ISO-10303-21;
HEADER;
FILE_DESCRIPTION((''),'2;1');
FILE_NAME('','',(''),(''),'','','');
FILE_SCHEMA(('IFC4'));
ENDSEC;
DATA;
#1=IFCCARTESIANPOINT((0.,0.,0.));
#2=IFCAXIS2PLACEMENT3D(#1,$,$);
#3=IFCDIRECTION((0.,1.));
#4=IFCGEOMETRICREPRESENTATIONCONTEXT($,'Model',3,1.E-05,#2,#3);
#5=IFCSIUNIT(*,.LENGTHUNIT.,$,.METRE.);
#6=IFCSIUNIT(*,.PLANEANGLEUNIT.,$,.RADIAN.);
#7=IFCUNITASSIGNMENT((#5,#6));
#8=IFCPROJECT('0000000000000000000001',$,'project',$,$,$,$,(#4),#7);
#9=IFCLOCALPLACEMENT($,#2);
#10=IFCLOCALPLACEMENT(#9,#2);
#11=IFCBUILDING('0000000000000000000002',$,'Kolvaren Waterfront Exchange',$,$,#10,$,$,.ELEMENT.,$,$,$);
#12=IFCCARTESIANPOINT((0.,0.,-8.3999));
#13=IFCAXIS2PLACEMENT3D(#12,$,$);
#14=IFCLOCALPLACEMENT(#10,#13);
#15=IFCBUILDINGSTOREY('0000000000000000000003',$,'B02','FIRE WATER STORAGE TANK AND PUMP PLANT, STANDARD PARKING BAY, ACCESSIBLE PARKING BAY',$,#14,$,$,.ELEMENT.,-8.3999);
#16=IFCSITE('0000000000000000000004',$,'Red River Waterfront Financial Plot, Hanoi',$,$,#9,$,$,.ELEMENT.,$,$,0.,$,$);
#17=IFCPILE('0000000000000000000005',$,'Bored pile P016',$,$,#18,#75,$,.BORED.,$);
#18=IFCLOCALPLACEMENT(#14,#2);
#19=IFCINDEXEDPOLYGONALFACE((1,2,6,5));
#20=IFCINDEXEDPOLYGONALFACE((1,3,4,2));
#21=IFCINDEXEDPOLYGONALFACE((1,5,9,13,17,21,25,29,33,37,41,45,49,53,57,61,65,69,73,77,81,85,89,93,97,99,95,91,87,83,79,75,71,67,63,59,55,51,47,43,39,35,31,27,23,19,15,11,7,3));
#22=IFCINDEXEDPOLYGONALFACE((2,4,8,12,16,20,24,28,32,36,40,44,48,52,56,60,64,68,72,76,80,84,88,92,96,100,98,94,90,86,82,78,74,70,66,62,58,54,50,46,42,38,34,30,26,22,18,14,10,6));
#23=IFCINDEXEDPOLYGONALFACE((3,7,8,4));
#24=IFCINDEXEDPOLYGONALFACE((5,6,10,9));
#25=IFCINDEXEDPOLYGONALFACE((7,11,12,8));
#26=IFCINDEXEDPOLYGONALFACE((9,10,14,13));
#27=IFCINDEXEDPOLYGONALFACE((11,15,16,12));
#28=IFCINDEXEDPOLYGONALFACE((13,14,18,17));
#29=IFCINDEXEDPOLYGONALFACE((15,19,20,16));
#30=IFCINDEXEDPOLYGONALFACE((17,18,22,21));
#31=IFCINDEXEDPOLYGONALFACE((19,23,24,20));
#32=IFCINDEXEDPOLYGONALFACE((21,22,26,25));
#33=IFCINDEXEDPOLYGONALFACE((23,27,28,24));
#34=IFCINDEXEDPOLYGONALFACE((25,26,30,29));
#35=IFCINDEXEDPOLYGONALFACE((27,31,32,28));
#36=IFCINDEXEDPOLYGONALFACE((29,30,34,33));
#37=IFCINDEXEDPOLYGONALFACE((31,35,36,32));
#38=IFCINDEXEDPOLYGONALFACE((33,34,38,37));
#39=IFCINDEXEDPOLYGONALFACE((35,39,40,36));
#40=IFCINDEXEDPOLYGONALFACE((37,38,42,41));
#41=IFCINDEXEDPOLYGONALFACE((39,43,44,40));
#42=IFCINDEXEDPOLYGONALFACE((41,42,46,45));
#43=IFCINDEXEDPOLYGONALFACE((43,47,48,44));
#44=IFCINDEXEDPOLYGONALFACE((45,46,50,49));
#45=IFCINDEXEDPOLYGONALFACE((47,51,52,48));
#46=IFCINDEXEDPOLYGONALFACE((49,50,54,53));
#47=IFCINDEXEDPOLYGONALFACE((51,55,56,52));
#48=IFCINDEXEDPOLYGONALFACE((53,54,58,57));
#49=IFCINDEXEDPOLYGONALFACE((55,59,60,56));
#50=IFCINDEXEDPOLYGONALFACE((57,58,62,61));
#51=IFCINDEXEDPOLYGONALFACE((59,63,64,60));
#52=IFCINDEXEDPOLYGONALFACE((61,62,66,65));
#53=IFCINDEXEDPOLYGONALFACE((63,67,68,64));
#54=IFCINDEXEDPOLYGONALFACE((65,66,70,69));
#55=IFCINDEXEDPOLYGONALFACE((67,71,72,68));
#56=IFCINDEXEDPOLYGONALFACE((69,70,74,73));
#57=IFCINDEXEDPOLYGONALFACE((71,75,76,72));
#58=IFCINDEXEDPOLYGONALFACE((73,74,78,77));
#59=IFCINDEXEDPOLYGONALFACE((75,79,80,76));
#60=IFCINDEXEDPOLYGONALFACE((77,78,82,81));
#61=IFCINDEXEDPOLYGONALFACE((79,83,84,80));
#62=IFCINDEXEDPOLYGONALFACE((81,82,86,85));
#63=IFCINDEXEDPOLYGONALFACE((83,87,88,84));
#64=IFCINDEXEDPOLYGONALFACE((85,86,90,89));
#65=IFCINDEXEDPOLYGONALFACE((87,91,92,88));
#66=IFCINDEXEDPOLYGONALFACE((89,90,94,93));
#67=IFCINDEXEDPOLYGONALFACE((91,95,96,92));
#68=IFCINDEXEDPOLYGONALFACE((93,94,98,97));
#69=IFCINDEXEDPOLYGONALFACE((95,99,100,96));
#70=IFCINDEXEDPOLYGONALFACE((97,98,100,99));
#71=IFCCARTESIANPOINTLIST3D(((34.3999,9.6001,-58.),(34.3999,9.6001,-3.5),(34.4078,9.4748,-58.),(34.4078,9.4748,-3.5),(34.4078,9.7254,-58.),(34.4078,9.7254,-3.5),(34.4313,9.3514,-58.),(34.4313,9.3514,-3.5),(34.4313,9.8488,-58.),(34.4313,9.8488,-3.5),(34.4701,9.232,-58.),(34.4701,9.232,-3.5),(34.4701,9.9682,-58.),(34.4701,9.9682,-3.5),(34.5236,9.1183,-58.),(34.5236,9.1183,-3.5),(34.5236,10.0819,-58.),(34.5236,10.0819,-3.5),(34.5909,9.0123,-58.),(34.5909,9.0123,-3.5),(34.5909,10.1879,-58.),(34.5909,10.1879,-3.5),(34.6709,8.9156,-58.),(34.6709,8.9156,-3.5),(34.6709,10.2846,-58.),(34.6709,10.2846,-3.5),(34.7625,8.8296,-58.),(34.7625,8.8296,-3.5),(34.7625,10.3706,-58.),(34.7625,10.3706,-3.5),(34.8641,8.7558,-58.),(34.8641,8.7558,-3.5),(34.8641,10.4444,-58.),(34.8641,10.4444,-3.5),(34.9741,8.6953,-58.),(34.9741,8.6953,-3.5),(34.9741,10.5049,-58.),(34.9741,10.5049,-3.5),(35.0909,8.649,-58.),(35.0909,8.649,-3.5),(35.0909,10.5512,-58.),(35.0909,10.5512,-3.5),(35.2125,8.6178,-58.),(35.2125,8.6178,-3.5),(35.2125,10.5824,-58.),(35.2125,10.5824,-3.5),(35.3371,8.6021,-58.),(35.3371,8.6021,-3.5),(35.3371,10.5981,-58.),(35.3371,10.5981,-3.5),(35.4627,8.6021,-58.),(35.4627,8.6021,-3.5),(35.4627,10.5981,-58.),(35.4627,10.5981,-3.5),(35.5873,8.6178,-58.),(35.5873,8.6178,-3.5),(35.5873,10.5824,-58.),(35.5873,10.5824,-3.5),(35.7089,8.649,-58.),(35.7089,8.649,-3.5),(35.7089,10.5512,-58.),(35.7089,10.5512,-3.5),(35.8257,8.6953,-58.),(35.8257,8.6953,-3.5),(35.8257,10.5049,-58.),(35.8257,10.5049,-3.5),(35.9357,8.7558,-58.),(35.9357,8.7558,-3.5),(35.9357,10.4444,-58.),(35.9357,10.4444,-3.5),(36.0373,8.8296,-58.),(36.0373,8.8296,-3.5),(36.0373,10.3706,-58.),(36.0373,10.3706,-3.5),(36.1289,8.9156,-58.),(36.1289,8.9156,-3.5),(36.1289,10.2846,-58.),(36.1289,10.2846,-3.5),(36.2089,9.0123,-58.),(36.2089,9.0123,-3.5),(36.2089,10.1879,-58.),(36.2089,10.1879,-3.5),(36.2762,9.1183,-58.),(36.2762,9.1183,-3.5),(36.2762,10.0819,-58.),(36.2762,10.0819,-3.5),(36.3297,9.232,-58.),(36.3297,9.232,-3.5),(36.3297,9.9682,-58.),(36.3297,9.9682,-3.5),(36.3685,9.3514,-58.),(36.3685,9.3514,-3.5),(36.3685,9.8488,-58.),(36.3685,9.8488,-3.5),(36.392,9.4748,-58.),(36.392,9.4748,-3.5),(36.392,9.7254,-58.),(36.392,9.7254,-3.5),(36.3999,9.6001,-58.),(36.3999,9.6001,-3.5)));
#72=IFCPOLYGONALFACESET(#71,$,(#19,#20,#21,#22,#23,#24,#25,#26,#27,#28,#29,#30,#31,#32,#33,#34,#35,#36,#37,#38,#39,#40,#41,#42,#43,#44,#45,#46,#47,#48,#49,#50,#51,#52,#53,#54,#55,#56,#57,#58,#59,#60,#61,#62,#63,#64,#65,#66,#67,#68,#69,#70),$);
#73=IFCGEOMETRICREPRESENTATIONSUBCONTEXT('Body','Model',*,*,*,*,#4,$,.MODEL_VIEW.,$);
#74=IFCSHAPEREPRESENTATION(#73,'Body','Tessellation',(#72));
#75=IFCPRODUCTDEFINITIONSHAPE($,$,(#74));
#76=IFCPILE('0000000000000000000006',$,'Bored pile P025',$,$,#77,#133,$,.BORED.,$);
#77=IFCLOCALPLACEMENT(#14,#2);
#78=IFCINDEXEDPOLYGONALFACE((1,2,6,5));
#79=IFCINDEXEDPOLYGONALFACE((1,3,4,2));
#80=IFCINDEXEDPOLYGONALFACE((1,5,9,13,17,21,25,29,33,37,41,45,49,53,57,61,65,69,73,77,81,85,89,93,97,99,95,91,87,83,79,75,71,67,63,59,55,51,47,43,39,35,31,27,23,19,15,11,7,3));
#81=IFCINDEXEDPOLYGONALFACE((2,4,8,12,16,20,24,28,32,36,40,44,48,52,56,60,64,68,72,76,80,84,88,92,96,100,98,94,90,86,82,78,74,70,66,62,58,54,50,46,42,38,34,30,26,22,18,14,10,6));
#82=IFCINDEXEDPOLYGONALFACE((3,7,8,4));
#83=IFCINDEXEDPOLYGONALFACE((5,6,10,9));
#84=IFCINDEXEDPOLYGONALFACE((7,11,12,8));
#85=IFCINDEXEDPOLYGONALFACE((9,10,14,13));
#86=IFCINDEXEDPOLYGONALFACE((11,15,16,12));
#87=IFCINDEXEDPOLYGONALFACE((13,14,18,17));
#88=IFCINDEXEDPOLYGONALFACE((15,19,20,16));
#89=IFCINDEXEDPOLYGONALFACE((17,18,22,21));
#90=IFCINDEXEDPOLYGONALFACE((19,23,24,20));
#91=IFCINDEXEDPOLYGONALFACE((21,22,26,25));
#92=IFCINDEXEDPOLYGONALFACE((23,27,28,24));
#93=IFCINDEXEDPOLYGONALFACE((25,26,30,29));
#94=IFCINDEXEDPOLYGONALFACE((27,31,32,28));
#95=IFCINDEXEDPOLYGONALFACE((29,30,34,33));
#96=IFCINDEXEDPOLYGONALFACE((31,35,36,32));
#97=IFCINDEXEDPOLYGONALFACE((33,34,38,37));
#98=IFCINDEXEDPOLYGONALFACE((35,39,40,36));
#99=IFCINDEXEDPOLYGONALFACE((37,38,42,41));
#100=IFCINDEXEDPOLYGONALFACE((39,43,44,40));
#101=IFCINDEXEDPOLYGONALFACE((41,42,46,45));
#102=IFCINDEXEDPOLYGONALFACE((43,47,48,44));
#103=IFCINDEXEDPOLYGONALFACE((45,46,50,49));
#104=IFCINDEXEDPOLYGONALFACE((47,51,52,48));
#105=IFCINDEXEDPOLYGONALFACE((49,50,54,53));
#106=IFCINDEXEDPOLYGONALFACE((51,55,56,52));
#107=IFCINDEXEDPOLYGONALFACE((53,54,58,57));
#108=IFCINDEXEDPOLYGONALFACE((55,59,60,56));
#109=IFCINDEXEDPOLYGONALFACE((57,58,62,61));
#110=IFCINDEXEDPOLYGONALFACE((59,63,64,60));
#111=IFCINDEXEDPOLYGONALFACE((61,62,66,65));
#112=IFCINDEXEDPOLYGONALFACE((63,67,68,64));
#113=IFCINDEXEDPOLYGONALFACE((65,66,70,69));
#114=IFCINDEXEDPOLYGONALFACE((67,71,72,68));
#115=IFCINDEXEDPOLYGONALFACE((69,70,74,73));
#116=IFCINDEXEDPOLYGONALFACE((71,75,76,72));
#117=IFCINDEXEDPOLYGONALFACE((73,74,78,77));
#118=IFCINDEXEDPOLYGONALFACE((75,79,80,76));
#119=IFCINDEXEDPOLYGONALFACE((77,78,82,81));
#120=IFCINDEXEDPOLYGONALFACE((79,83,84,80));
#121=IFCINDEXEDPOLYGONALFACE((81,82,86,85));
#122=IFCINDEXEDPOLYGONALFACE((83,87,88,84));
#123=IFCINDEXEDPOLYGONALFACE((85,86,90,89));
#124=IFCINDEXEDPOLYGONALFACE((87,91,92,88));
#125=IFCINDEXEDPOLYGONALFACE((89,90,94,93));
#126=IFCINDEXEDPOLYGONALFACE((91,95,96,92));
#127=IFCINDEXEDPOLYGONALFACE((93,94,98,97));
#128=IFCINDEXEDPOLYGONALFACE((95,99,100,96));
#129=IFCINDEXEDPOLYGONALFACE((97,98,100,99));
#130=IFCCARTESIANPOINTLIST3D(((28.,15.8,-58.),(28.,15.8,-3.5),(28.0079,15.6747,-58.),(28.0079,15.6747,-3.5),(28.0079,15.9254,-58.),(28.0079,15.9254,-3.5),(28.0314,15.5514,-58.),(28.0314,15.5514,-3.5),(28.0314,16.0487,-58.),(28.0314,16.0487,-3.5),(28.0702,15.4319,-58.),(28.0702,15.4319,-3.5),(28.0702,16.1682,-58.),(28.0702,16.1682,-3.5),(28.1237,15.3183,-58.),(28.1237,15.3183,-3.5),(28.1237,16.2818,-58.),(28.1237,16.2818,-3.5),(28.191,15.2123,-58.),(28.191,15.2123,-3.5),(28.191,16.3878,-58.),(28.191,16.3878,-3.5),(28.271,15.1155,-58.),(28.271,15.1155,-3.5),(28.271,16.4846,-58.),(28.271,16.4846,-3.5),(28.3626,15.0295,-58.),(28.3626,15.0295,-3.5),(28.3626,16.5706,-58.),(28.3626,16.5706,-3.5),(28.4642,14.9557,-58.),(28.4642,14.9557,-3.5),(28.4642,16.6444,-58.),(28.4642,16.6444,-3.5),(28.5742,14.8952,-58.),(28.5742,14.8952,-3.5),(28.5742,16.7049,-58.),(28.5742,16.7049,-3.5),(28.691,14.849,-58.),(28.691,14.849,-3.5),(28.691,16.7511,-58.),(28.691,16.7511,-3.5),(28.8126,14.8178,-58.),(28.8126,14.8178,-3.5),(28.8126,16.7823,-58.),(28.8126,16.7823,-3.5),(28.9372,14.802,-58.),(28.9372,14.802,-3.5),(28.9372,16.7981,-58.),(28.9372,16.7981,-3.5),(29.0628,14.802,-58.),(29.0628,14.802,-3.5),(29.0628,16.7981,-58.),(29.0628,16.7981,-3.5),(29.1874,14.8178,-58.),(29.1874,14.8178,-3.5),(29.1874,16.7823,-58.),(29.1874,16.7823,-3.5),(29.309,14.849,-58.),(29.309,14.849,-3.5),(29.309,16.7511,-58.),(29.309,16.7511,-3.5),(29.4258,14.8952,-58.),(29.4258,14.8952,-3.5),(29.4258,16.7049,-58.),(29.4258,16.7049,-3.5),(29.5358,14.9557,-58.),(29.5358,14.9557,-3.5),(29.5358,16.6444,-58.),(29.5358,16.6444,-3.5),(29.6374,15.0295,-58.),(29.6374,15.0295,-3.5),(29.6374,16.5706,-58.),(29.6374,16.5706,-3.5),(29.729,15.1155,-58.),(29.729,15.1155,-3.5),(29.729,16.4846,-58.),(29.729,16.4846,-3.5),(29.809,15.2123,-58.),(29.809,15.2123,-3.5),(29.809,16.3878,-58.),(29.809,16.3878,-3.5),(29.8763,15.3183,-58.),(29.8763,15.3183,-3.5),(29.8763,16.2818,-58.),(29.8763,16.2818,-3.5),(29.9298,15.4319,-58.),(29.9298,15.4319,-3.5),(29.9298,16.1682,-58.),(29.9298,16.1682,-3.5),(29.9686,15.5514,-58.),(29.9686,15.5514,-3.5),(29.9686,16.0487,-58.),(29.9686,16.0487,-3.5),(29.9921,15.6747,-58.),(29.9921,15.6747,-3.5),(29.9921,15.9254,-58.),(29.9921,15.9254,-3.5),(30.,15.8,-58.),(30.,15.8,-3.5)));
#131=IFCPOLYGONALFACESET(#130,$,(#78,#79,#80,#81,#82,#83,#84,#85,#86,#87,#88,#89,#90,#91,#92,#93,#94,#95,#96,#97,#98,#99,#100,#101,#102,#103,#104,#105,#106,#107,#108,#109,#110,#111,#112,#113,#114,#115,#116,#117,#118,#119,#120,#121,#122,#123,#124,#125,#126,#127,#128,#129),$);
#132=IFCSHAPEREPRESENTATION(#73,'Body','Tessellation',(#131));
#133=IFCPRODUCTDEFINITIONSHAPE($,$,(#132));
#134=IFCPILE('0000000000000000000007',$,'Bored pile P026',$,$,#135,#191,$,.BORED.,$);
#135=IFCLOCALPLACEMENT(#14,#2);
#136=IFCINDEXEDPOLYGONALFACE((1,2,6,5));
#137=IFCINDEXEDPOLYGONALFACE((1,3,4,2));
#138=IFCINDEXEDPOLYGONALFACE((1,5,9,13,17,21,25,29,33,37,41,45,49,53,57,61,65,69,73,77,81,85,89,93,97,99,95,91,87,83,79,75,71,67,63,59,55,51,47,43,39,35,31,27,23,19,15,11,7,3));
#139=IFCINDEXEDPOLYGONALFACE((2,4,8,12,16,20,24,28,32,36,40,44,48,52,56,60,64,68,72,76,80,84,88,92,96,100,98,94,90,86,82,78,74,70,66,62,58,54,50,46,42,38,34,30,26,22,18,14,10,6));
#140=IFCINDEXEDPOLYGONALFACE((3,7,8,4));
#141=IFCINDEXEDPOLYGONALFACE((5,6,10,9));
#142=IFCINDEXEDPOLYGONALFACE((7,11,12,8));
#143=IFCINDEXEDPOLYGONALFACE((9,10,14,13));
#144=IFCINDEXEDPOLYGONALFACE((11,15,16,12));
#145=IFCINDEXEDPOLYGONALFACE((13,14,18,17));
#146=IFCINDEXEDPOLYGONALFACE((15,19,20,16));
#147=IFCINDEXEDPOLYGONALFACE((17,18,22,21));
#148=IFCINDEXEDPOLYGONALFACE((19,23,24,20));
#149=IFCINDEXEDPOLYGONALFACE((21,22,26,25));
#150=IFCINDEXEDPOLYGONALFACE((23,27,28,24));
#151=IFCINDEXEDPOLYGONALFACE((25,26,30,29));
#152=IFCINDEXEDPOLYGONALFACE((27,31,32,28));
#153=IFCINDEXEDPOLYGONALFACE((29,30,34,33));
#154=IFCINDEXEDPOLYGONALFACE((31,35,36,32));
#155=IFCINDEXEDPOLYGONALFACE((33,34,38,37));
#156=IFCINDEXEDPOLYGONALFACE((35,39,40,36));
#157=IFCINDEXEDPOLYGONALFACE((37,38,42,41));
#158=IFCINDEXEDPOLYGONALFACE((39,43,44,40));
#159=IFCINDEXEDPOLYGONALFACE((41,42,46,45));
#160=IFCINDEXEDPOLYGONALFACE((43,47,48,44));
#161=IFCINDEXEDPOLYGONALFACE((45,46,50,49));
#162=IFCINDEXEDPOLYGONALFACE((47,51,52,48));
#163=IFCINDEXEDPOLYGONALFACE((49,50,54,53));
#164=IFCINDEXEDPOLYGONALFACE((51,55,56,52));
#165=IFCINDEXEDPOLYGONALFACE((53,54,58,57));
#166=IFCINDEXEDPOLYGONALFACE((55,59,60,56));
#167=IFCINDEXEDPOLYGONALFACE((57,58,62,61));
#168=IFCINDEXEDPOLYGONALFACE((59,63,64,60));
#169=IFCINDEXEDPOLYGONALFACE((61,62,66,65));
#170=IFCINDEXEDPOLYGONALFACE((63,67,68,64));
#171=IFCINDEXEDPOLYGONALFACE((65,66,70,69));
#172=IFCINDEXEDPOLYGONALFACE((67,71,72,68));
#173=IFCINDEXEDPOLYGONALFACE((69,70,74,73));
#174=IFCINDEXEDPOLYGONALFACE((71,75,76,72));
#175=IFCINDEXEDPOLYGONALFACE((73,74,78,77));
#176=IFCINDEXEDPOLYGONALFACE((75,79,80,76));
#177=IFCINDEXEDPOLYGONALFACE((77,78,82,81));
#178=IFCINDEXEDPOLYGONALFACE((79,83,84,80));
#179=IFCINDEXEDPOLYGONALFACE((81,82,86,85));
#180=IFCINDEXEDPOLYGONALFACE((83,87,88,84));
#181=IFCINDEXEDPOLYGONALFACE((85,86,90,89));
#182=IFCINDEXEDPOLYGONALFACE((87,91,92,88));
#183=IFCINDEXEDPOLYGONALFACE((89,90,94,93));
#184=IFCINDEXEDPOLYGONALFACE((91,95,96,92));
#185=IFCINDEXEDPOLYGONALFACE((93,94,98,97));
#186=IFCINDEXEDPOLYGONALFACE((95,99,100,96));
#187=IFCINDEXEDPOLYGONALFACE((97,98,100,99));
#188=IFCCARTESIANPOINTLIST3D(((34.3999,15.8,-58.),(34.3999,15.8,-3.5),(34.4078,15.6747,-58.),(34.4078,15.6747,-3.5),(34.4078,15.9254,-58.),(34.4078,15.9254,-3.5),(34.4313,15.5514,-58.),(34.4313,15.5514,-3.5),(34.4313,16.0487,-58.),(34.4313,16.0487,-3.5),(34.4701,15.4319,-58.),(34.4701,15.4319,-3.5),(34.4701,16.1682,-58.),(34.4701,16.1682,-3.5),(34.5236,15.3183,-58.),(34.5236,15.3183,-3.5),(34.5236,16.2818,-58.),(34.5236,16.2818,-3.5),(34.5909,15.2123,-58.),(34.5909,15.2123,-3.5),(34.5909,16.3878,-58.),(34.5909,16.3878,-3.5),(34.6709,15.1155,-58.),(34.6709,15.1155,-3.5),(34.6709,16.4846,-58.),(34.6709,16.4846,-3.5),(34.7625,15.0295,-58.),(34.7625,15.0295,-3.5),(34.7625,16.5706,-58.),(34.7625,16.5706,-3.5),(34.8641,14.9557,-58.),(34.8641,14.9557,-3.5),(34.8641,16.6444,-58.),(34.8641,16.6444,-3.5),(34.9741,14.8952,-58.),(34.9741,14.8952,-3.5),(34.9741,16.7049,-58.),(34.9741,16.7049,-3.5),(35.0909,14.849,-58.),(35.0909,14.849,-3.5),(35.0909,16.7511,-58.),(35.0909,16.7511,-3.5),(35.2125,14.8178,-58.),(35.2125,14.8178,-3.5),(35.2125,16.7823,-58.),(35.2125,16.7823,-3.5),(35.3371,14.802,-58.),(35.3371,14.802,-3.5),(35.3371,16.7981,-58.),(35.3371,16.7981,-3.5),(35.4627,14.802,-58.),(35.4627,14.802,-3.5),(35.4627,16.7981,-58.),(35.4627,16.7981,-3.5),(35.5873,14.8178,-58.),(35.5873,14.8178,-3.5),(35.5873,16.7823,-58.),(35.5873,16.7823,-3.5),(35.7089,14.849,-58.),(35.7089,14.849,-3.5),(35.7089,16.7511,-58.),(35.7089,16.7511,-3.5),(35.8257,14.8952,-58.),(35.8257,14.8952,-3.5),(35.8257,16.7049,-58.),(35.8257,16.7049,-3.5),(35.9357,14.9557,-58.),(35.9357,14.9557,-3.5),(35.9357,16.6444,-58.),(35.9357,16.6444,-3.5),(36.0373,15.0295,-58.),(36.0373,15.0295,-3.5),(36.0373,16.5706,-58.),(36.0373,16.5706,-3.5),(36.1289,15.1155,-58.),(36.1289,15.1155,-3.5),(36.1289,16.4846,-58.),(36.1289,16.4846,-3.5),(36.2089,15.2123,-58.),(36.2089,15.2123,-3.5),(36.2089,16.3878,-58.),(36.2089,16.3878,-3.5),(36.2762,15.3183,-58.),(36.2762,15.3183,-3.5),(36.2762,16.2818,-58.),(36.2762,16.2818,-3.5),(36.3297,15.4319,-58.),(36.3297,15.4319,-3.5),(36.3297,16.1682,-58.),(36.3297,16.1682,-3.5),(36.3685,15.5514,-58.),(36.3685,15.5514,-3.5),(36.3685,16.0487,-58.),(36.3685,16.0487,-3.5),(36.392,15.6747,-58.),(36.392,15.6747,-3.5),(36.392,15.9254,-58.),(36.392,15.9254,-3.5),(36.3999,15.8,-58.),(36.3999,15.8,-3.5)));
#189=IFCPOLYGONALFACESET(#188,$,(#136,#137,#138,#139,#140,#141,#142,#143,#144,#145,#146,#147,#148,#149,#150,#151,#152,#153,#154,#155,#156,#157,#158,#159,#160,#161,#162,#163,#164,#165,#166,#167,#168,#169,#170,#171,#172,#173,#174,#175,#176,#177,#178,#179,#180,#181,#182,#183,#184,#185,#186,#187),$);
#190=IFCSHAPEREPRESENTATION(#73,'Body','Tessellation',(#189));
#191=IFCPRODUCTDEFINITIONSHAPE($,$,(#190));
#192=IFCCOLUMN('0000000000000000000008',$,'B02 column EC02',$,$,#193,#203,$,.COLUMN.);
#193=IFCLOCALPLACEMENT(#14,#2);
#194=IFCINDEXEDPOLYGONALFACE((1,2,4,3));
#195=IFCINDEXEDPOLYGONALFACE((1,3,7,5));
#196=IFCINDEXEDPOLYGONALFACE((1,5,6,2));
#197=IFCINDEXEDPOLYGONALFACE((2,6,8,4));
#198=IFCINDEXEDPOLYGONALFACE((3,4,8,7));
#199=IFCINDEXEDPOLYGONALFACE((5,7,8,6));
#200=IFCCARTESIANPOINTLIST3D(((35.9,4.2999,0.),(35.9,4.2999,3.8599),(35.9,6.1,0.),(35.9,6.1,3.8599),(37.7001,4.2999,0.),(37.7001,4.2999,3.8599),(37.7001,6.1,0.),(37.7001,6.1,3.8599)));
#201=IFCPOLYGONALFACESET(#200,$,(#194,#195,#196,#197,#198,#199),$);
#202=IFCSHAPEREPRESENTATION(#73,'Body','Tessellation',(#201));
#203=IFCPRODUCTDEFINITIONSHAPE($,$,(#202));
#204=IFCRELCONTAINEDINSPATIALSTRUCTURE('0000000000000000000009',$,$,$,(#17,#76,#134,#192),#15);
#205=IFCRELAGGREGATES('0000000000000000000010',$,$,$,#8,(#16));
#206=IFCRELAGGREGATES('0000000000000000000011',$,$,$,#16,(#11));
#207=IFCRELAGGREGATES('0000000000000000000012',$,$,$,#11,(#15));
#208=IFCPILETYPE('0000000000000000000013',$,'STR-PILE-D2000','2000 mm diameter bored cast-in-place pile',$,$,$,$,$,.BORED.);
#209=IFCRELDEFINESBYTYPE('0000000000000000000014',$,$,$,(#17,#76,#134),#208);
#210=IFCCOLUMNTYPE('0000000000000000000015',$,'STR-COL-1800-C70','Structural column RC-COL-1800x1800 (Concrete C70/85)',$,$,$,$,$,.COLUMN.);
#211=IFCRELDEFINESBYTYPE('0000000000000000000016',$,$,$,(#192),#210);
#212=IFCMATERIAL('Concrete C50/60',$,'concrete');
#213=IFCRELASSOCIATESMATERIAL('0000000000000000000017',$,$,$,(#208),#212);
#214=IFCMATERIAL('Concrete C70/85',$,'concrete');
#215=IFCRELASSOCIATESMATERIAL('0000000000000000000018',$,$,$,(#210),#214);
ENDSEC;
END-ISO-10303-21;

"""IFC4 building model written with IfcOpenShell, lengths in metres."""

from ifc_helpers import new_model, si_unit, direction, frame, origin, origin_2d, place, context, subcontext, project, spatial, rectangle, circle, extrude, material, material_profile, profile_set, type_object, element, save


model = new_model("IFC4")

# Units and contexts
model_context = context("Model", 3, precision=1e-05, world=origin(), true_north=direction((0.0, 1.0)))
body_context = subcontext(model_context, "Body", "Model", "MODEL_VIEW")
ifc_project = project(units=[si_unit("LENGTHUNIT", "METRE"), si_unit("PLANEANGLEUNIT", "RADIAN")], contexts=[model_context])

# Site, building, storey
site_placement = place(None, origin())
site = spatial("IfcSite", under=ifc_project, at=site_placement, Name="Red River Waterfront Financial Plot, Hanoi", CompositionType="ELEMENT", RefElevation=0.0)
building_placement = place(site_placement, origin())
building = spatial("IfcBuilding", under=site, at=building_placement, Name="Kolvaren Waterfront Exchange", CompositionType="ELEMENT")
storey_placement = place(building_placement, frame((0.0, 0.0, -8.3999)))
storey = spatial("IfcBuildingStorey", under=building, at=storey_placement, Name="B02", Description="FIRE WATER STORAGE TANK AND PUMP PLANT, STANDARD PARKING BAY, ACCESSIBLE PARKING BAY", CompositionType="ELEMENT", Elevation=-8.3999)

# Piles
ifc_material_1 = material(Name="Concrete C50/60", Category="concrete")
ifc_material_profile_1 = material_profile(ifc_material_1, circle(Radius=1.0, at=origin_2d()), Name="RC-PILE-D2000")
ifc_profile_set_1 = profile_set([ifc_material_profile_1], Name="Concrete C50/60")
pile_type = type_object("IfcPileType", Name="STR-PILE-D2000", Description="2000 mm diameter bored cast-in-place pile", PredefinedType="BORED", material=ifc_profile_set_1)
for number, where, z_axis, x_axis, name in (
    (1, (35.3999, 9.6001, -3.5), (0.0, 0.0, -1.0), (1.0, 0.0, 0.0), "Bored pile P016"),
    (2, (29.0, 15.8, -3.5), (0.0, 0.0, -1.0), (1.0, 0.0, 0.0), "Bored pile P025"),
    (3, (35.3999, 15.8, -3.5), (0.0, 0.0, -1.0), (1.0, 0.0, 0.0), "Bored pile P026"),
):
    element("IfcPile", number, at=place(storey_placement, frame(where, z_axis=z_axis, x_axis=x_axis)), inside=storey, type_object=pile_type, Name=name, PredefinedType="BORED", context=body_context, shape_type="SweptSolid", body=[
        extrude(circle(Radius=1.0, at=origin_2d()), origin(), (0.0, 0.0, 1.0), 54.5),
    ])

# Column
ifc_material_2 = material(Name="Concrete C70/85", Category="concrete")
ifc_material_profile_2 = material_profile(ifc_material_2, rectangle(XDim=1.8, YDim=1.8, at=origin_2d()), Name="RC-COL-1800x1800")
ifc_profile_set_2 = profile_set([ifc_material_profile_2], Name="Concrete C70/85")
column_type = type_object("IfcColumnType", Name="STR-COL-1800-C70", Description="Structural column RC-COL-1800x1800 (Concrete C70/85)", PredefinedType="COLUMN", material=ifc_profile_set_2)
for number, where, z_axis, x_axis, name in (
    (4, (36.8, 5.2, 0.0), (0.0, 0.0, 1.0), (1.0, 0.0, 0.0), "B02 column EC02"),
):
    element("IfcColumn", number, at=place(storey_placement, frame(where, z_axis=z_axis, x_axis=x_axis)), inside=storey, type_object=column_type, Name=name, PredefinedType="COLUMN", context=body_context, shape_type="SweptSolid", body=[
        extrude(rectangle(XDim=1.8, YDim=1.8, at=origin_2d()), origin(), (0.0, 0.0, 1.0), 3.8599),
    ])

save(model, "model.ifc")
